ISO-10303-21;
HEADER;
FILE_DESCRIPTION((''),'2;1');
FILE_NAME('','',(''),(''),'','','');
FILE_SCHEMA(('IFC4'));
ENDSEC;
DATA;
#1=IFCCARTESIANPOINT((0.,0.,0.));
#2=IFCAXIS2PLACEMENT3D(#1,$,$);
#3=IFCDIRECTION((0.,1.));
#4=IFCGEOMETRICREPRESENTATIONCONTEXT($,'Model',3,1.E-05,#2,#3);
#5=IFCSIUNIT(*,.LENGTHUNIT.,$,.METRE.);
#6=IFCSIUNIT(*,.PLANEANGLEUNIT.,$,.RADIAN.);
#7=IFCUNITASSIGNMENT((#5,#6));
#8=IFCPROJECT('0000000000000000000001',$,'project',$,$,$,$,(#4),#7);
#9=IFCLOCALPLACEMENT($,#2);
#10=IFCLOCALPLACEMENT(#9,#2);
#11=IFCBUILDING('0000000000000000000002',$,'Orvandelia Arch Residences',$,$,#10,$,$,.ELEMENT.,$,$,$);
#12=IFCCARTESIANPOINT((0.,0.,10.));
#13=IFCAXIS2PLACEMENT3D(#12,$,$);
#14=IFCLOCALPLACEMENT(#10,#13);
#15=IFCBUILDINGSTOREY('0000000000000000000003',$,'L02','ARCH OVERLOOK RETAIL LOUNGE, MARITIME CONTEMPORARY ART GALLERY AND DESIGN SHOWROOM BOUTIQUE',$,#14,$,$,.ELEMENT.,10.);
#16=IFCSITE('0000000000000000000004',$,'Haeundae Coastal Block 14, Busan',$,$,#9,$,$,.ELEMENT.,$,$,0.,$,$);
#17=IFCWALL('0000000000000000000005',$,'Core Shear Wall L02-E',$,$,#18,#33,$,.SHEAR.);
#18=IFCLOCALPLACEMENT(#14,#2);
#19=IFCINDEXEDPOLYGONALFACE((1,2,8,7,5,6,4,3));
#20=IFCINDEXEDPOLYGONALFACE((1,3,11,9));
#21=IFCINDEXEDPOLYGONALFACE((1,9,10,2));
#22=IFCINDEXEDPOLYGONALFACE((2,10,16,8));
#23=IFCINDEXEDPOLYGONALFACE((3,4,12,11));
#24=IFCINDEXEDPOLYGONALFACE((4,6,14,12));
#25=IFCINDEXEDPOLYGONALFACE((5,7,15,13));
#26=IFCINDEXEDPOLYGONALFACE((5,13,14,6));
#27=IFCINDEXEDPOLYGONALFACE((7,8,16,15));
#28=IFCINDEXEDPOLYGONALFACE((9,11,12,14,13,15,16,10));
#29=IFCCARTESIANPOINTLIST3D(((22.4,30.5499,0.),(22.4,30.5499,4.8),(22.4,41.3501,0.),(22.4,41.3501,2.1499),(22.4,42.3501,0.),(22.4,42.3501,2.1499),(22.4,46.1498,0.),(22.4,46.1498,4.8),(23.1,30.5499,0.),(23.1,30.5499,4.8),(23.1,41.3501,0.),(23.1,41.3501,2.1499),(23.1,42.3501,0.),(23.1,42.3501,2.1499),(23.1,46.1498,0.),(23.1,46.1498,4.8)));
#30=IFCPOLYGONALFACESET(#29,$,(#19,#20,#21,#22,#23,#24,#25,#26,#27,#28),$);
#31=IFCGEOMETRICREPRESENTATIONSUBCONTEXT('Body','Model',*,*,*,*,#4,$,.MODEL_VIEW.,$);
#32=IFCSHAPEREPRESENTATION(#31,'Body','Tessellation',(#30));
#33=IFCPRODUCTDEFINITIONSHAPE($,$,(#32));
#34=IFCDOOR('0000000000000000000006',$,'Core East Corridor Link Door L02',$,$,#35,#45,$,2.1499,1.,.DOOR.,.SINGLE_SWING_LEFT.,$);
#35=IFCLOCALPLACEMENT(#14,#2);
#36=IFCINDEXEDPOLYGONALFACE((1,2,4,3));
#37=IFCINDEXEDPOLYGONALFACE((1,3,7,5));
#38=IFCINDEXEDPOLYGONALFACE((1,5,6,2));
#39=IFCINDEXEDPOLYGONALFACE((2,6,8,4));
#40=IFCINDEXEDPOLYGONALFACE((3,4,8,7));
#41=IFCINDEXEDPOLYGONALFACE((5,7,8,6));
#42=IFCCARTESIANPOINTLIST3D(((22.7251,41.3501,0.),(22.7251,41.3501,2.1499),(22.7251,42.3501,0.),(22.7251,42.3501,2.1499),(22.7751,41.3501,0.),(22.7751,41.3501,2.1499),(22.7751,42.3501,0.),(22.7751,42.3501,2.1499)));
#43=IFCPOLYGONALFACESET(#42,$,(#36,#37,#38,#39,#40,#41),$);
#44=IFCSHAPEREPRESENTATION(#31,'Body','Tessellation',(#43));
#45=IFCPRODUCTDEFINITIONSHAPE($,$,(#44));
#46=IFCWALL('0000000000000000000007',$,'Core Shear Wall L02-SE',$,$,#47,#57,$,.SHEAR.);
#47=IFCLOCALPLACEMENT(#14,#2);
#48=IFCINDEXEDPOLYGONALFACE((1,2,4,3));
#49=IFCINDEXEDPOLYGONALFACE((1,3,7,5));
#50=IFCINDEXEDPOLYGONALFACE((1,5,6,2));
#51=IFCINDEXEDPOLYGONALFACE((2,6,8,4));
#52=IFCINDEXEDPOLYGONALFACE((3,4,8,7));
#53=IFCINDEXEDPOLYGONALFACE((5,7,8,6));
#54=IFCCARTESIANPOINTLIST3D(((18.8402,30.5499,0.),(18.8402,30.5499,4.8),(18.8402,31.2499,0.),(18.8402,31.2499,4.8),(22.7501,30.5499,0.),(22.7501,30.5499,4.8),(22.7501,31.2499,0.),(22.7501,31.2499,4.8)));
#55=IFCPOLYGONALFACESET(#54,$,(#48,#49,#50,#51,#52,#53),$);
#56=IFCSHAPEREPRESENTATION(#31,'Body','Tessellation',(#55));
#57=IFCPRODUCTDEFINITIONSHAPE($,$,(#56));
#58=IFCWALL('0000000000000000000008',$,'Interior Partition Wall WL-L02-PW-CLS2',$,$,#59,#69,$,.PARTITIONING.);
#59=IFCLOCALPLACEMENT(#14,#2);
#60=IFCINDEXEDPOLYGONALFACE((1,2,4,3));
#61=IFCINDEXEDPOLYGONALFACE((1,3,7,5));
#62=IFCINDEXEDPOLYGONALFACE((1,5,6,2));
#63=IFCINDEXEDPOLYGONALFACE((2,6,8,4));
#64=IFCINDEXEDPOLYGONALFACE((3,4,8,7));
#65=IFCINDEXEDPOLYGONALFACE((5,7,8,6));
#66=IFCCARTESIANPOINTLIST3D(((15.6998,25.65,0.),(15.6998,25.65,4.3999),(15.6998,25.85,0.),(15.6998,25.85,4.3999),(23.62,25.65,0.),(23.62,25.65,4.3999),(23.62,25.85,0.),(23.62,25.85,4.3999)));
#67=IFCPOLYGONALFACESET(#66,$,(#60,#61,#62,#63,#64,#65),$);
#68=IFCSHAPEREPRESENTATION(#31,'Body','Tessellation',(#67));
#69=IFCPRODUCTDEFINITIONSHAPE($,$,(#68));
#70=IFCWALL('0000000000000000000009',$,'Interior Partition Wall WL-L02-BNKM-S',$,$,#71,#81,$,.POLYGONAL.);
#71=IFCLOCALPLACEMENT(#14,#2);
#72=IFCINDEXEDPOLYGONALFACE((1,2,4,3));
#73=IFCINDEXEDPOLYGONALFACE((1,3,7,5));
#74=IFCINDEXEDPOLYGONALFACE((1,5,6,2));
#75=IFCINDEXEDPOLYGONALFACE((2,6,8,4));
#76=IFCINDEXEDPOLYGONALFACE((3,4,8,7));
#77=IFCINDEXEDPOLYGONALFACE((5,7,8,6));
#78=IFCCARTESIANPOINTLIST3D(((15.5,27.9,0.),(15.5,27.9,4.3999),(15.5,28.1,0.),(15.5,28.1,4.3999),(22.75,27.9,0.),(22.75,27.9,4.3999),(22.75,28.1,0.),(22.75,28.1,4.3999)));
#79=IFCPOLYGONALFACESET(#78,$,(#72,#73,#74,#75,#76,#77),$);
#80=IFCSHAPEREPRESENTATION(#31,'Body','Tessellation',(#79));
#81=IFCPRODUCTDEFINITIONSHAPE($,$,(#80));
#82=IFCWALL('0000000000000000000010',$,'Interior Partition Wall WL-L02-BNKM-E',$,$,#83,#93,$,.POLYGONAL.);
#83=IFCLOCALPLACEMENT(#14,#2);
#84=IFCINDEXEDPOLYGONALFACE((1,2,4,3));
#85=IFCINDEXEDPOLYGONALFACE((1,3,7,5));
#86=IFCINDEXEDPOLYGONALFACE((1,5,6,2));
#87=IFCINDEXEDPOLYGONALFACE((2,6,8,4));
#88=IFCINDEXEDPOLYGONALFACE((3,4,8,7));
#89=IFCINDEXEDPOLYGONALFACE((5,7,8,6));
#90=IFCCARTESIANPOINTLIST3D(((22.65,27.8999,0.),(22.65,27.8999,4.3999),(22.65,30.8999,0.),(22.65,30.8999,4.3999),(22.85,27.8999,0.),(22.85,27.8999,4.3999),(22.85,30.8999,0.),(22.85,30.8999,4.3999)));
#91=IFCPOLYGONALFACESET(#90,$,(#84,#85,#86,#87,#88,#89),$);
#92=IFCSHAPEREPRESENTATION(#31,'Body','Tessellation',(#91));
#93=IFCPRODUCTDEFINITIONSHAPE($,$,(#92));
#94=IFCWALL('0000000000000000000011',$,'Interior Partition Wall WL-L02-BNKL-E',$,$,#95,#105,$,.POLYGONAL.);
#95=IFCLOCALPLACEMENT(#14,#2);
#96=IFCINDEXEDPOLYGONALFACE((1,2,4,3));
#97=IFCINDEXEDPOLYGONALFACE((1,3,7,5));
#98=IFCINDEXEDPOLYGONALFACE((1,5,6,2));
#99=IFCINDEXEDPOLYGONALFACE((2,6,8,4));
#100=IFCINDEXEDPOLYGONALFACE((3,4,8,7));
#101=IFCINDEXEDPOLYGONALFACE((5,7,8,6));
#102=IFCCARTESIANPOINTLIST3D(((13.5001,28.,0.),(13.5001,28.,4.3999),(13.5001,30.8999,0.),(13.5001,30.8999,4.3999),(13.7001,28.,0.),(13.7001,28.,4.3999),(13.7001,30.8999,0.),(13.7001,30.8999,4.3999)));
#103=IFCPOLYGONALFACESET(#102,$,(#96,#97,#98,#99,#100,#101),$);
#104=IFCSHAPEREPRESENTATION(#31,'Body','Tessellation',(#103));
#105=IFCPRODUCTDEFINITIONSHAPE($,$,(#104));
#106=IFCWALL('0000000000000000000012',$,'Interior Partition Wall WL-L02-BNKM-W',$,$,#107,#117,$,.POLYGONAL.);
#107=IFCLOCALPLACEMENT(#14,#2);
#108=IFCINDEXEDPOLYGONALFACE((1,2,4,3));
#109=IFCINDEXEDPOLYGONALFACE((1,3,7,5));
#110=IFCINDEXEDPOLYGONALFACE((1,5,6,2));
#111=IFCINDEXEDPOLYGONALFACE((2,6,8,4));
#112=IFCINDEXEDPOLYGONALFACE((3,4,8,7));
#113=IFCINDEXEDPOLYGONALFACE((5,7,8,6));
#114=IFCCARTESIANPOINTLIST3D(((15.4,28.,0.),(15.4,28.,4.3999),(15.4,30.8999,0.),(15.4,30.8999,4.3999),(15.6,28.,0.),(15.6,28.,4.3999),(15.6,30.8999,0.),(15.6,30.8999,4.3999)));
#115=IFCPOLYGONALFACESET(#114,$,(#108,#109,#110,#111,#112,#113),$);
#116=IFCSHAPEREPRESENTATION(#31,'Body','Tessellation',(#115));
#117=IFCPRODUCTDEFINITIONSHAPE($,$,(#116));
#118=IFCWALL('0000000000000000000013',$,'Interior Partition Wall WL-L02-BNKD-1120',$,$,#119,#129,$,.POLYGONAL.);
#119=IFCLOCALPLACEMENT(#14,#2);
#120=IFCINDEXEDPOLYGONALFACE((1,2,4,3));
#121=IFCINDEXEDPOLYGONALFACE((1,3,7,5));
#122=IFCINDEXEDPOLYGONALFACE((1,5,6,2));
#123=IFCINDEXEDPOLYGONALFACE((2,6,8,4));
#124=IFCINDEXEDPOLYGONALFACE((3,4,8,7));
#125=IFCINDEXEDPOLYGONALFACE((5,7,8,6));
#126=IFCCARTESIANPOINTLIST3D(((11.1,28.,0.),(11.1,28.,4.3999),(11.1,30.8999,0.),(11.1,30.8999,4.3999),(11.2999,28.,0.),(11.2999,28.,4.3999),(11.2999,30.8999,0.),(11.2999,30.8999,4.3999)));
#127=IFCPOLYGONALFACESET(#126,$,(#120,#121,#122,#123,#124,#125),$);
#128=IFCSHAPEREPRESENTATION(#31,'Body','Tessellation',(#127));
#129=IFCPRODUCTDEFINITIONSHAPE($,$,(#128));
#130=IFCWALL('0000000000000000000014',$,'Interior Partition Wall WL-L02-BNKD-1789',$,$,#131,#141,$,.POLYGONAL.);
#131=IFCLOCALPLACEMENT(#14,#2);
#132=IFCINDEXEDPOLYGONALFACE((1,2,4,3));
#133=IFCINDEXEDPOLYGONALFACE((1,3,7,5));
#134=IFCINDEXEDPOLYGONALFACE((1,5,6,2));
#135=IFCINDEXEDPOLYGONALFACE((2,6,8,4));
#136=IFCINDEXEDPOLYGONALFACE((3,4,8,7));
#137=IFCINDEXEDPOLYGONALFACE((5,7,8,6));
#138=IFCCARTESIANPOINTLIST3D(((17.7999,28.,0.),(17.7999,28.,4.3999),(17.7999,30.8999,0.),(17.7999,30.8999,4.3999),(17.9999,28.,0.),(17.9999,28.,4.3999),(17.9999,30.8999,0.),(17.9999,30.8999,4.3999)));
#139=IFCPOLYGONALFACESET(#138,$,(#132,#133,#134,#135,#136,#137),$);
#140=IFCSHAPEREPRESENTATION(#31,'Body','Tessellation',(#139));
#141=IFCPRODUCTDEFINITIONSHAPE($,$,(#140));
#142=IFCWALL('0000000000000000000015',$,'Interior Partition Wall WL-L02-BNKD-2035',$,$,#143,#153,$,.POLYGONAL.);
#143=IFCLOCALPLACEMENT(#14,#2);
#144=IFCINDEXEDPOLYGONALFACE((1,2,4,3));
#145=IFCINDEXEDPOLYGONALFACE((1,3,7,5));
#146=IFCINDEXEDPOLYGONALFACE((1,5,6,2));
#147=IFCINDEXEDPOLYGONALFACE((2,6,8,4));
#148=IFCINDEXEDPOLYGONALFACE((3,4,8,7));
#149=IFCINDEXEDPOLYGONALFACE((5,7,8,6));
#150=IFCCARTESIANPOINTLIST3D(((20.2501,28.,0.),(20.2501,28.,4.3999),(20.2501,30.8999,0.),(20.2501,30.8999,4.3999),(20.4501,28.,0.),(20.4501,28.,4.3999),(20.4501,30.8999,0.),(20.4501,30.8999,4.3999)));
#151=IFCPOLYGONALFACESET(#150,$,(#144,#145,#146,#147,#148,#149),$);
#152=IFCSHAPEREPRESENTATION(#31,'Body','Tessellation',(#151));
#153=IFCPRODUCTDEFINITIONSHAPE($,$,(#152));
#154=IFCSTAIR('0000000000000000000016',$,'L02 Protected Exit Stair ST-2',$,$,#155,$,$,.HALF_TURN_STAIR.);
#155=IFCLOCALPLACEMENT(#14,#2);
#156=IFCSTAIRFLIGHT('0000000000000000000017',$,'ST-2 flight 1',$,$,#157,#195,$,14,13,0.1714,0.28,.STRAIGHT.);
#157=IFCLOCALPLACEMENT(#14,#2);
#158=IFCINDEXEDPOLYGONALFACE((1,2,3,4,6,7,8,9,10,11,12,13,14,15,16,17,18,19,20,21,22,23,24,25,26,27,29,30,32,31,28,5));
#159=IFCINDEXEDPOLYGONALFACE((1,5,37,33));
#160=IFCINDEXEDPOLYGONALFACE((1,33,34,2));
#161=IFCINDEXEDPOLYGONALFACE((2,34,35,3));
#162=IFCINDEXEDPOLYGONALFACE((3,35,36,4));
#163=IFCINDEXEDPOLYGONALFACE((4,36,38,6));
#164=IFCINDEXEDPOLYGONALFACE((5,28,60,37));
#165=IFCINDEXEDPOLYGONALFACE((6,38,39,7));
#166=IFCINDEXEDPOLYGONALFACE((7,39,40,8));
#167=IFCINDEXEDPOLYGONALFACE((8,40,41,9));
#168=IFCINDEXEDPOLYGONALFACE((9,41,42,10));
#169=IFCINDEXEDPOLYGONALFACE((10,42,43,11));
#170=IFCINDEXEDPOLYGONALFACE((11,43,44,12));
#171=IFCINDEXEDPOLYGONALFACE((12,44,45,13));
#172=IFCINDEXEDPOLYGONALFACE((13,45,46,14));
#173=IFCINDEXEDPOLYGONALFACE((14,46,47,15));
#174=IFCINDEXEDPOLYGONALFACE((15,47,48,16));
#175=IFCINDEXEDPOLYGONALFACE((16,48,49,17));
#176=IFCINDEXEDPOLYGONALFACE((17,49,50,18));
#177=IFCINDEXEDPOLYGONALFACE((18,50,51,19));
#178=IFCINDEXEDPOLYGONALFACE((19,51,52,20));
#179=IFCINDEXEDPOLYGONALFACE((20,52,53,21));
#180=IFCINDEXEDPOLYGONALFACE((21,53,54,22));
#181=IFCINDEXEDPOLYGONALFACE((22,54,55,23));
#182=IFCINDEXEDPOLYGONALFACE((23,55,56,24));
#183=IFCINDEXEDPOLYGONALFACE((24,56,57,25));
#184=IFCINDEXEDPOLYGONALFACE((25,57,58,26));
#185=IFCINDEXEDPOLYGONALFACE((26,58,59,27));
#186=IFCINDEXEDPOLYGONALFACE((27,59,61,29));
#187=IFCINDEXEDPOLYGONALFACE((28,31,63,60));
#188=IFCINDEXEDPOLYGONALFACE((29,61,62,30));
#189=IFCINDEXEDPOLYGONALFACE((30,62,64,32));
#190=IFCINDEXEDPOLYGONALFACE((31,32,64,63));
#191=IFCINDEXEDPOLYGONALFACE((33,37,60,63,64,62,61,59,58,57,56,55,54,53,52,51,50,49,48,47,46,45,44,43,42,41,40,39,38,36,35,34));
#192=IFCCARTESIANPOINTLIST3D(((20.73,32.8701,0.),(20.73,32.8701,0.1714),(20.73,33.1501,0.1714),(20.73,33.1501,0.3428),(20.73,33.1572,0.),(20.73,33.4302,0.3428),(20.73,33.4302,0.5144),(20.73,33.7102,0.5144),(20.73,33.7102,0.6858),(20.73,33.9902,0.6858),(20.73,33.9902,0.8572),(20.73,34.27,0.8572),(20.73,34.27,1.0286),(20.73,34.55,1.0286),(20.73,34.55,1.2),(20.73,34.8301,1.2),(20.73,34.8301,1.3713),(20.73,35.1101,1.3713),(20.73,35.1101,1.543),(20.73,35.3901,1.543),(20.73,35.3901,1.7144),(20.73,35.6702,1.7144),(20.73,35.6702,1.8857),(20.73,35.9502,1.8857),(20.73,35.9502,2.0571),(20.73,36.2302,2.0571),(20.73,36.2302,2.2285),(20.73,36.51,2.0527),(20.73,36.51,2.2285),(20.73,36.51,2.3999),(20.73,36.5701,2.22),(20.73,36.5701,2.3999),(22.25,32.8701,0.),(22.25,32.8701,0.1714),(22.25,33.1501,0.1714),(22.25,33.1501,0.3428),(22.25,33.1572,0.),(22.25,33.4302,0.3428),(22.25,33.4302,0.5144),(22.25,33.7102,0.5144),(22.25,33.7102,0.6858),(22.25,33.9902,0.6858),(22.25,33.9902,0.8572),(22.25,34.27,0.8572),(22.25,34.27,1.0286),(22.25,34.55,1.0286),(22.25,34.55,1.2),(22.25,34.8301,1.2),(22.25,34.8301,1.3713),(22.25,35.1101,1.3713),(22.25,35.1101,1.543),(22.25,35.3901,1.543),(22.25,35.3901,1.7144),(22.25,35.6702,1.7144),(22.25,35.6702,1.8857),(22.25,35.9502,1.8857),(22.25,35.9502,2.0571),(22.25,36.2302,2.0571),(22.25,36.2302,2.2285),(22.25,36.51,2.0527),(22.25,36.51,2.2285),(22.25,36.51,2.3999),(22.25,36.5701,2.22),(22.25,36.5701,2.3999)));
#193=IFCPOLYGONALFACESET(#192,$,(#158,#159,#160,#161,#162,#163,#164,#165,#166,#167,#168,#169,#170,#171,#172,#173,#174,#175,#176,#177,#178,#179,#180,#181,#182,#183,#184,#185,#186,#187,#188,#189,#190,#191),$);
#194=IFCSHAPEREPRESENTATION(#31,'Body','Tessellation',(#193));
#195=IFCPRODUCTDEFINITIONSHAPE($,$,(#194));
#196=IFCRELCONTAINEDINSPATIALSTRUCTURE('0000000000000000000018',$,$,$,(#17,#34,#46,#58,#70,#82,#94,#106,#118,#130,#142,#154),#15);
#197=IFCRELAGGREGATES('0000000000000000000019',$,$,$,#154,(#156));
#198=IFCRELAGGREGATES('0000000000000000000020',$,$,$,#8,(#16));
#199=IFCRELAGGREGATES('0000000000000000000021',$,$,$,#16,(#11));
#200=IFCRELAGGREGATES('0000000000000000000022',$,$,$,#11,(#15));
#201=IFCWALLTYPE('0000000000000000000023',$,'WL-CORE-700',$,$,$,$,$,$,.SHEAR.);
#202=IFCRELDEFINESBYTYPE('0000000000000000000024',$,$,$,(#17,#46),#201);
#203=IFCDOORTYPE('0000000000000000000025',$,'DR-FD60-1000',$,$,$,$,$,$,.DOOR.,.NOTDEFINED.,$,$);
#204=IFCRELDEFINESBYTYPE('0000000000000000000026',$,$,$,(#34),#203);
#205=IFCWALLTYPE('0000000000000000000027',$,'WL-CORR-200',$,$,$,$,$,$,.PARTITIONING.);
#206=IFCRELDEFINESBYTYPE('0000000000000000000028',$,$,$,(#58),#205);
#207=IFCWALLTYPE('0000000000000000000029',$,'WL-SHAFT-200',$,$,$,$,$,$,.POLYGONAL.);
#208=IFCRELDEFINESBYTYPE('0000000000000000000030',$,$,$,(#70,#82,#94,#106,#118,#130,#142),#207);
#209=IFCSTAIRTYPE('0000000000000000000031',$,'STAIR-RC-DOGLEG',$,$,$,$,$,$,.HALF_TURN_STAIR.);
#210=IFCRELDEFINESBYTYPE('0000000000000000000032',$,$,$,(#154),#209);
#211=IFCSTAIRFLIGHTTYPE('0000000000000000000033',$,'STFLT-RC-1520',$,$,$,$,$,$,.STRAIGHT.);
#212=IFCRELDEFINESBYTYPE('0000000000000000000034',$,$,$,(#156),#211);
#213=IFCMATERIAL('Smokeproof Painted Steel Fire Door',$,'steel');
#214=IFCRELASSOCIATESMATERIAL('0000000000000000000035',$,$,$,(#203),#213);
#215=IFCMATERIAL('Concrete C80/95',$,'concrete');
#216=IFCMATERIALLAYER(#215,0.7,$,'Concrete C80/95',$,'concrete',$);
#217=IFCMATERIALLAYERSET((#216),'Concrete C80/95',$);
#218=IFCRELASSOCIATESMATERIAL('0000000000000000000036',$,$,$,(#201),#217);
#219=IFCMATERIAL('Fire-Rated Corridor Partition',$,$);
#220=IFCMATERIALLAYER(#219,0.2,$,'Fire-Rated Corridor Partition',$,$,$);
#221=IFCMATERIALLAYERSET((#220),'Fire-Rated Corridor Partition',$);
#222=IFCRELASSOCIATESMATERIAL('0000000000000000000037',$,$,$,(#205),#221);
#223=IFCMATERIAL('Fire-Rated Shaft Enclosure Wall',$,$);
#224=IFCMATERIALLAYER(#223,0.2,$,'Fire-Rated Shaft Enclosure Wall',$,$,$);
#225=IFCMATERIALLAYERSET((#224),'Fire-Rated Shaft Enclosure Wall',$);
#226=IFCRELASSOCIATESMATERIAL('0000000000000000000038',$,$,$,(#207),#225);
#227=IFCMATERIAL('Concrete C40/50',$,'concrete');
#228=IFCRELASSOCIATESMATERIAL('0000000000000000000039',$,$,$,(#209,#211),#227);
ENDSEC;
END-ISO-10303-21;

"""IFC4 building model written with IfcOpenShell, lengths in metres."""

from ifc_helpers import new_model, si_unit, direction, frame, frame_2d, origin, place, context, subcontext, project, spatial, polyline, rectangle, outline, extrude, material, layer, layer_set, type_object, element, fill, aggregate, save


model = new_model("IFC4")

# Units and contexts
model_context = context("Model", 3, precision=1e-05, world=origin(), true_north=direction((0.0, 1.0)))
body_context = subcontext(model_context, "Body", "Model", "MODEL_VIEW")
ifc_project = project(units=[si_unit("LENGTHUNIT", "METRE"), si_unit("PLANEANGLEUNIT", "RADIAN")], contexts=[model_context])

# Site, building, storey
site_placement = place(None, origin())
site = spatial("IfcSite", under=ifc_project, at=site_placement, Name="Haeundae Coastal Block 14, Busan", CompositionType="ELEMENT", RefElevation=0.0)
building_placement = place(site_placement, origin())
building = spatial("IfcBuilding", under=site, at=building_placement, Name="Orvandelia Arch Residences", CompositionType="ELEMENT")
storey_placement = place(building_placement, frame((0.0, 0.0, 10.0)))
storey = spatial("IfcBuildingStorey", under=building, at=storey_placement, Name="L02", Description="ARCH OVERLOOK RETAIL LOUNGE, MARITIME CONTEMPORARY ART GALLERY AND DESIGN SHOWROOM BOUTIQUE", CompositionType="ELEMENT", Elevation=10.0)

# Shared definitions
ifc_material_1 = material(Name="Concrete C80/95", Category="concrete")

# Shared definitions
ifc_material_2 = material(Name="Smokeproof Painted Steel Fire Door", Category="steel")
door_type_1 = type_object("IfcDoorType", Name="DR-FD60-1000", OperationType="NOTDEFINED", PredefinedType="DOOR", material=ifc_material_2)

# Wall, opening, door
ifc_layer_1 = layer(ifc_material_1, 0.7, Name="Concrete C80/95", Category="concrete")
ifc_layer_set_1 = layer_set([ifc_layer_1], Name="Concrete C80/95")
wall_type_1 = type_object("IfcWallType", Name="WL-CORE-700", PredefinedType="SHEAR", material=ifc_layer_set_1)
wall_1_placement = place(storey_placement, frame((22.75, 30.55, 0.0), z_axis=(0.0, 0.0, 1.0), x_axis=(0.0, 1.0, 0.0)))
wall_1 = element("IfcWall", 1, at=wall_1_placement, inside=storey, type_object=wall_type_1, Name="Core Shear Wall L02-E", PredefinedType="SHEAR", context=body_context, shape_type="SweptSolid", body=[
    extrude(rectangle(XDim=15.5999, YDim=0.7, at=frame_2d((7.7998, 0.0))), origin(), (0.0, 0.0, 1.0), 4.8),
])
opening_1_placement = place(wall_1_placement, frame((10.8, 0.0, 0.0)))
opening_1 = element("IfcOpeningElement", 2, at=opening_1_placement, cuts=wall_1, PredefinedType="OPENING", context=body_context, shape_type="SweptSolid", body=[
    extrude(rectangle(XDim=1.0, YDim=2.1499, at=frame_2d((0.5, 1.075))), frame((0.0, 0.3599, 0.0), z_axis=(0.0, -1.0, 0.0), x_axis=(1.0, 0.0, 0.0)), (0.0, 0.0, 1.0), 0.72),
])
door_1_placement = place(opening_1_placement, origin())
door_1 = element("IfcDoor", 3, at=door_1_placement, inside=storey, type_object=door_type_1, Name="Core East Corridor Link Door L02", OperationType="SINGLE_SWING_LEFT", OverallHeight=2.1499, OverallWidth=1.0, PredefinedType="DOOR", context=body_context, shape_type="SweptSolid", body=[
    extrude(rectangle(XDim=1.0, YDim=2.1499, at=frame_2d((0.5, 1.075))), frame((0.0, 0.0249, 0.0), z_axis=(0.0, -1.0, 0.0), x_axis=(1.0, 0.0, 0.0)), (0.0, 0.0, 1.0), 0.05),
])
fill(opening_1, door_1)

# Walls
wall_2_placement = place(storey_placement, frame((18.8401, 30.8999, 0.0), z_axis=(0.0, 0.0, 1.0), x_axis=(1.0, 0.0, 0.0)))
element("IfcWall", 4, at=wall_2_placement, inside=storey, type_object=wall_type_1, Name="Core Shear Wall L02-SE", PredefinedType="SHEAR", context=body_context, shape_type="SweptSolid", body=[
    extrude(rectangle(XDim=3.9099, YDim=0.7, at=frame_2d((1.9551, 0.0))), origin(), (0.0, 0.0, 1.0), 4.8),
])
ifc_material_3 = material(Name="Fire-Rated Corridor Partition")
ifc_layer_2 = layer(ifc_material_3, 0.2, Name="Fire-Rated Corridor Partition")
ifc_layer_set_2 = layer_set([ifc_layer_2], Name="Fire-Rated Corridor Partition")
wall_type_2 = type_object("IfcWallType", Name="WL-CORR-200", PredefinedType="PARTITIONING", material=ifc_layer_set_2)
wall_3_placement = place(storey_placement, frame((15.7, 25.75, 0.0), z_axis=(0.0, 0.0, 1.0), x_axis=(1.0, 0.0, 0.0)))
element("IfcWall", 5, at=wall_3_placement, inside=storey, type_object=wall_type_2, Name="Interior Partition Wall WL-L02-PW-CLS2", PredefinedType="PARTITIONING", context=body_context, shape_type="SweptSolid", body=[
    extrude(rectangle(XDim=7.9202, YDim=0.2, at=frame_2d((3.96, 0.0))), origin(), (0.0, 0.0, 1.0), 4.3999),
])
ifc_material_4 = material(Name="Fire-Rated Shaft Enclosure Wall")
ifc_layer_3 = layer(ifc_material_4, 0.2, Name="Fire-Rated Shaft Enclosure Wall")
ifc_layer_set_3 = layer_set([ifc_layer_3], Name="Fire-Rated Shaft Enclosure Wall")
wall_type_3 = type_object("IfcWallType", Name="WL-SHAFT-200", PredefinedType="POLYGONAL", material=ifc_layer_set_3)
wall_4_placement = place(storey_placement, frame((15.5, 28.0, 0.0), z_axis=(0.0, 0.0, 1.0), x_axis=(1.0, 0.0, 0.0)))
element("IfcWall", 6, at=wall_4_placement, inside=storey, type_object=wall_type_3, Name="Interior Partition Wall WL-L02-BNKM-S", PredefinedType="POLYGONAL", context=body_context, shape_type="SweptSolid", body=[
    extrude(rectangle(XDim=7.25, YDim=0.2, at=frame_2d((3.625, 0.0))), origin(), (0.0, 0.0, 1.0), 4.3999),
])
wall_5_placement = place(storey_placement, frame((22.75, 27.8999, 0.0), z_axis=(0.0, 0.0, 1.0), x_axis=(0.0, 1.0, 0.0)))
element("IfcWall", 7, at=wall_5_placement, inside=storey, type_object=wall_type_3, Name="Interior Partition Wall WL-L02-BNKM-E", PredefinedType="POLYGONAL", context=body_context, shape_type="SweptSolid", body=[
    extrude(rectangle(XDim=3.0, YDim=0.2, at=frame_2d((1.5, 0.0))), origin(), (0.0, 0.0, 1.0), 4.3999),
])
for number, where, z_axis, x_axis, name in (
    (8, (13.6001, 28.0, 0.0), (0.0, 0.0, 1.0), (0.0, 1.0, 0.0), "Interior Partition Wall WL-L02-BNKL-E"),
    (9, (15.5, 28.0, 0.0), (0.0, 0.0, 1.0), (0.0, 1.0, 0.0), "Interior Partition Wall WL-L02-BNKM-W"),
    (10, (11.2, 28.0, 0.0), (0.0, 0.0, 1.0), (0.0, 1.0, 0.0), "Interior Partition Wall WL-L02-BNKD-1120"),
    (11, (17.8999, 28.0, 0.0), (0.0, 0.0, 1.0), (0.0, 1.0, 0.0), "Interior Partition Wall WL-L02-BNKD-1789"),
    (12, (20.3501, 28.0, 0.0), (0.0, 0.0, 1.0), (0.0, 1.0, 0.0), "Interior Partition Wall WL-L02-BNKD-2035"),
):
    element("IfcWall", number, at=place(storey_placement, frame(where, z_axis=z_axis, x_axis=x_axis)), inside=storey, type_object=wall_type_3, Name=name, PredefinedType="POLYGONAL", context=body_context, shape_type="SweptSolid", body=[
        extrude(rectangle(XDim=2.8999, YDim=0.2, at=frame_2d((1.45, 0.0))), origin(), (0.0, 0.0, 1.0), 4.3999),
    ])

# Stair, stair flight
ifc_material_5 = material(Name="Concrete C40/50", Category="concrete")
stair_type = type_object("IfcStairType", Name="STAIR-RC-DOGLEG", PredefinedType="HALF_TURN_STAIR", material=ifc_material_5)
stair_placement = place(storey_placement, origin())
stair = element("IfcStair", 13, at=stair_placement, inside=storey, type_object=stair_type, Name="L02 Protected Exit Stair ST-2", PredefinedType="HALF_TURN_STAIR")
stair_flight_type = type_object("IfcStairFlightType", Name="STFLT-RC-1520", PredefinedType="STRAIGHT", material=ifc_material_5)
stair_flight_placement = place(storey_placement, frame((21.49, 32.8701, 0.0), z_axis=(0.0, 0.0, 1.0), x_axis=(0.0, 1.0, 0.0)))
stair_flight = element("IfcStairFlight", 14, at=stair_flight_placement, type_object=stair_flight_type, Name="ST-2 flight 1", NumberOfRisers=14, NumberOfTreads=13, PredefinedType="STRAIGHT", RiserHeight=0.1714, TreadLength=0.28, context=body_context, shape_type="SweptSolid", body=[
    extrude(outline(polyline([(0.0, 0.0), (0.0, 0.1714), (0.28, 0.1714), (0.28, 0.3428), (0.5601, 0.3428), (0.5601, 0.5144), (0.8401, 0.5144), (0.8401, 0.6858), (1.1201, 0.6858), (1.1201, 0.8572), (1.3999, 0.8572), (1.3999, 1.0286), (1.6799, 1.0286), (1.6799, 1.2), (1.96, 1.2), (1.96, 1.3713), (2.24, 1.3713), (2.24, 1.543), (2.52, 1.543), (2.52, 1.7144), (2.8, 1.7144), (2.8, 1.8857), (3.0801, 1.8857), (3.0801, 2.0571), (3.3601, 2.0571), (3.3601, 2.2285), (3.6399, 2.2285), (3.6399, 2.3999), (3.7, 2.3999), (3.7, 2.22), (3.6399, 2.0527), (0.2871, 0.0), (0.0, 0.0)])), frame((0.0, 0.76, 0.0), z_axis=(0.0, -1.0, 0.0), x_axis=(1.0, 0.0, 0.0)), (0.0, 0.0, 1.0), 1.52),
])
aggregate(stair, [stair_flight])

save(model, "model.ifc")
